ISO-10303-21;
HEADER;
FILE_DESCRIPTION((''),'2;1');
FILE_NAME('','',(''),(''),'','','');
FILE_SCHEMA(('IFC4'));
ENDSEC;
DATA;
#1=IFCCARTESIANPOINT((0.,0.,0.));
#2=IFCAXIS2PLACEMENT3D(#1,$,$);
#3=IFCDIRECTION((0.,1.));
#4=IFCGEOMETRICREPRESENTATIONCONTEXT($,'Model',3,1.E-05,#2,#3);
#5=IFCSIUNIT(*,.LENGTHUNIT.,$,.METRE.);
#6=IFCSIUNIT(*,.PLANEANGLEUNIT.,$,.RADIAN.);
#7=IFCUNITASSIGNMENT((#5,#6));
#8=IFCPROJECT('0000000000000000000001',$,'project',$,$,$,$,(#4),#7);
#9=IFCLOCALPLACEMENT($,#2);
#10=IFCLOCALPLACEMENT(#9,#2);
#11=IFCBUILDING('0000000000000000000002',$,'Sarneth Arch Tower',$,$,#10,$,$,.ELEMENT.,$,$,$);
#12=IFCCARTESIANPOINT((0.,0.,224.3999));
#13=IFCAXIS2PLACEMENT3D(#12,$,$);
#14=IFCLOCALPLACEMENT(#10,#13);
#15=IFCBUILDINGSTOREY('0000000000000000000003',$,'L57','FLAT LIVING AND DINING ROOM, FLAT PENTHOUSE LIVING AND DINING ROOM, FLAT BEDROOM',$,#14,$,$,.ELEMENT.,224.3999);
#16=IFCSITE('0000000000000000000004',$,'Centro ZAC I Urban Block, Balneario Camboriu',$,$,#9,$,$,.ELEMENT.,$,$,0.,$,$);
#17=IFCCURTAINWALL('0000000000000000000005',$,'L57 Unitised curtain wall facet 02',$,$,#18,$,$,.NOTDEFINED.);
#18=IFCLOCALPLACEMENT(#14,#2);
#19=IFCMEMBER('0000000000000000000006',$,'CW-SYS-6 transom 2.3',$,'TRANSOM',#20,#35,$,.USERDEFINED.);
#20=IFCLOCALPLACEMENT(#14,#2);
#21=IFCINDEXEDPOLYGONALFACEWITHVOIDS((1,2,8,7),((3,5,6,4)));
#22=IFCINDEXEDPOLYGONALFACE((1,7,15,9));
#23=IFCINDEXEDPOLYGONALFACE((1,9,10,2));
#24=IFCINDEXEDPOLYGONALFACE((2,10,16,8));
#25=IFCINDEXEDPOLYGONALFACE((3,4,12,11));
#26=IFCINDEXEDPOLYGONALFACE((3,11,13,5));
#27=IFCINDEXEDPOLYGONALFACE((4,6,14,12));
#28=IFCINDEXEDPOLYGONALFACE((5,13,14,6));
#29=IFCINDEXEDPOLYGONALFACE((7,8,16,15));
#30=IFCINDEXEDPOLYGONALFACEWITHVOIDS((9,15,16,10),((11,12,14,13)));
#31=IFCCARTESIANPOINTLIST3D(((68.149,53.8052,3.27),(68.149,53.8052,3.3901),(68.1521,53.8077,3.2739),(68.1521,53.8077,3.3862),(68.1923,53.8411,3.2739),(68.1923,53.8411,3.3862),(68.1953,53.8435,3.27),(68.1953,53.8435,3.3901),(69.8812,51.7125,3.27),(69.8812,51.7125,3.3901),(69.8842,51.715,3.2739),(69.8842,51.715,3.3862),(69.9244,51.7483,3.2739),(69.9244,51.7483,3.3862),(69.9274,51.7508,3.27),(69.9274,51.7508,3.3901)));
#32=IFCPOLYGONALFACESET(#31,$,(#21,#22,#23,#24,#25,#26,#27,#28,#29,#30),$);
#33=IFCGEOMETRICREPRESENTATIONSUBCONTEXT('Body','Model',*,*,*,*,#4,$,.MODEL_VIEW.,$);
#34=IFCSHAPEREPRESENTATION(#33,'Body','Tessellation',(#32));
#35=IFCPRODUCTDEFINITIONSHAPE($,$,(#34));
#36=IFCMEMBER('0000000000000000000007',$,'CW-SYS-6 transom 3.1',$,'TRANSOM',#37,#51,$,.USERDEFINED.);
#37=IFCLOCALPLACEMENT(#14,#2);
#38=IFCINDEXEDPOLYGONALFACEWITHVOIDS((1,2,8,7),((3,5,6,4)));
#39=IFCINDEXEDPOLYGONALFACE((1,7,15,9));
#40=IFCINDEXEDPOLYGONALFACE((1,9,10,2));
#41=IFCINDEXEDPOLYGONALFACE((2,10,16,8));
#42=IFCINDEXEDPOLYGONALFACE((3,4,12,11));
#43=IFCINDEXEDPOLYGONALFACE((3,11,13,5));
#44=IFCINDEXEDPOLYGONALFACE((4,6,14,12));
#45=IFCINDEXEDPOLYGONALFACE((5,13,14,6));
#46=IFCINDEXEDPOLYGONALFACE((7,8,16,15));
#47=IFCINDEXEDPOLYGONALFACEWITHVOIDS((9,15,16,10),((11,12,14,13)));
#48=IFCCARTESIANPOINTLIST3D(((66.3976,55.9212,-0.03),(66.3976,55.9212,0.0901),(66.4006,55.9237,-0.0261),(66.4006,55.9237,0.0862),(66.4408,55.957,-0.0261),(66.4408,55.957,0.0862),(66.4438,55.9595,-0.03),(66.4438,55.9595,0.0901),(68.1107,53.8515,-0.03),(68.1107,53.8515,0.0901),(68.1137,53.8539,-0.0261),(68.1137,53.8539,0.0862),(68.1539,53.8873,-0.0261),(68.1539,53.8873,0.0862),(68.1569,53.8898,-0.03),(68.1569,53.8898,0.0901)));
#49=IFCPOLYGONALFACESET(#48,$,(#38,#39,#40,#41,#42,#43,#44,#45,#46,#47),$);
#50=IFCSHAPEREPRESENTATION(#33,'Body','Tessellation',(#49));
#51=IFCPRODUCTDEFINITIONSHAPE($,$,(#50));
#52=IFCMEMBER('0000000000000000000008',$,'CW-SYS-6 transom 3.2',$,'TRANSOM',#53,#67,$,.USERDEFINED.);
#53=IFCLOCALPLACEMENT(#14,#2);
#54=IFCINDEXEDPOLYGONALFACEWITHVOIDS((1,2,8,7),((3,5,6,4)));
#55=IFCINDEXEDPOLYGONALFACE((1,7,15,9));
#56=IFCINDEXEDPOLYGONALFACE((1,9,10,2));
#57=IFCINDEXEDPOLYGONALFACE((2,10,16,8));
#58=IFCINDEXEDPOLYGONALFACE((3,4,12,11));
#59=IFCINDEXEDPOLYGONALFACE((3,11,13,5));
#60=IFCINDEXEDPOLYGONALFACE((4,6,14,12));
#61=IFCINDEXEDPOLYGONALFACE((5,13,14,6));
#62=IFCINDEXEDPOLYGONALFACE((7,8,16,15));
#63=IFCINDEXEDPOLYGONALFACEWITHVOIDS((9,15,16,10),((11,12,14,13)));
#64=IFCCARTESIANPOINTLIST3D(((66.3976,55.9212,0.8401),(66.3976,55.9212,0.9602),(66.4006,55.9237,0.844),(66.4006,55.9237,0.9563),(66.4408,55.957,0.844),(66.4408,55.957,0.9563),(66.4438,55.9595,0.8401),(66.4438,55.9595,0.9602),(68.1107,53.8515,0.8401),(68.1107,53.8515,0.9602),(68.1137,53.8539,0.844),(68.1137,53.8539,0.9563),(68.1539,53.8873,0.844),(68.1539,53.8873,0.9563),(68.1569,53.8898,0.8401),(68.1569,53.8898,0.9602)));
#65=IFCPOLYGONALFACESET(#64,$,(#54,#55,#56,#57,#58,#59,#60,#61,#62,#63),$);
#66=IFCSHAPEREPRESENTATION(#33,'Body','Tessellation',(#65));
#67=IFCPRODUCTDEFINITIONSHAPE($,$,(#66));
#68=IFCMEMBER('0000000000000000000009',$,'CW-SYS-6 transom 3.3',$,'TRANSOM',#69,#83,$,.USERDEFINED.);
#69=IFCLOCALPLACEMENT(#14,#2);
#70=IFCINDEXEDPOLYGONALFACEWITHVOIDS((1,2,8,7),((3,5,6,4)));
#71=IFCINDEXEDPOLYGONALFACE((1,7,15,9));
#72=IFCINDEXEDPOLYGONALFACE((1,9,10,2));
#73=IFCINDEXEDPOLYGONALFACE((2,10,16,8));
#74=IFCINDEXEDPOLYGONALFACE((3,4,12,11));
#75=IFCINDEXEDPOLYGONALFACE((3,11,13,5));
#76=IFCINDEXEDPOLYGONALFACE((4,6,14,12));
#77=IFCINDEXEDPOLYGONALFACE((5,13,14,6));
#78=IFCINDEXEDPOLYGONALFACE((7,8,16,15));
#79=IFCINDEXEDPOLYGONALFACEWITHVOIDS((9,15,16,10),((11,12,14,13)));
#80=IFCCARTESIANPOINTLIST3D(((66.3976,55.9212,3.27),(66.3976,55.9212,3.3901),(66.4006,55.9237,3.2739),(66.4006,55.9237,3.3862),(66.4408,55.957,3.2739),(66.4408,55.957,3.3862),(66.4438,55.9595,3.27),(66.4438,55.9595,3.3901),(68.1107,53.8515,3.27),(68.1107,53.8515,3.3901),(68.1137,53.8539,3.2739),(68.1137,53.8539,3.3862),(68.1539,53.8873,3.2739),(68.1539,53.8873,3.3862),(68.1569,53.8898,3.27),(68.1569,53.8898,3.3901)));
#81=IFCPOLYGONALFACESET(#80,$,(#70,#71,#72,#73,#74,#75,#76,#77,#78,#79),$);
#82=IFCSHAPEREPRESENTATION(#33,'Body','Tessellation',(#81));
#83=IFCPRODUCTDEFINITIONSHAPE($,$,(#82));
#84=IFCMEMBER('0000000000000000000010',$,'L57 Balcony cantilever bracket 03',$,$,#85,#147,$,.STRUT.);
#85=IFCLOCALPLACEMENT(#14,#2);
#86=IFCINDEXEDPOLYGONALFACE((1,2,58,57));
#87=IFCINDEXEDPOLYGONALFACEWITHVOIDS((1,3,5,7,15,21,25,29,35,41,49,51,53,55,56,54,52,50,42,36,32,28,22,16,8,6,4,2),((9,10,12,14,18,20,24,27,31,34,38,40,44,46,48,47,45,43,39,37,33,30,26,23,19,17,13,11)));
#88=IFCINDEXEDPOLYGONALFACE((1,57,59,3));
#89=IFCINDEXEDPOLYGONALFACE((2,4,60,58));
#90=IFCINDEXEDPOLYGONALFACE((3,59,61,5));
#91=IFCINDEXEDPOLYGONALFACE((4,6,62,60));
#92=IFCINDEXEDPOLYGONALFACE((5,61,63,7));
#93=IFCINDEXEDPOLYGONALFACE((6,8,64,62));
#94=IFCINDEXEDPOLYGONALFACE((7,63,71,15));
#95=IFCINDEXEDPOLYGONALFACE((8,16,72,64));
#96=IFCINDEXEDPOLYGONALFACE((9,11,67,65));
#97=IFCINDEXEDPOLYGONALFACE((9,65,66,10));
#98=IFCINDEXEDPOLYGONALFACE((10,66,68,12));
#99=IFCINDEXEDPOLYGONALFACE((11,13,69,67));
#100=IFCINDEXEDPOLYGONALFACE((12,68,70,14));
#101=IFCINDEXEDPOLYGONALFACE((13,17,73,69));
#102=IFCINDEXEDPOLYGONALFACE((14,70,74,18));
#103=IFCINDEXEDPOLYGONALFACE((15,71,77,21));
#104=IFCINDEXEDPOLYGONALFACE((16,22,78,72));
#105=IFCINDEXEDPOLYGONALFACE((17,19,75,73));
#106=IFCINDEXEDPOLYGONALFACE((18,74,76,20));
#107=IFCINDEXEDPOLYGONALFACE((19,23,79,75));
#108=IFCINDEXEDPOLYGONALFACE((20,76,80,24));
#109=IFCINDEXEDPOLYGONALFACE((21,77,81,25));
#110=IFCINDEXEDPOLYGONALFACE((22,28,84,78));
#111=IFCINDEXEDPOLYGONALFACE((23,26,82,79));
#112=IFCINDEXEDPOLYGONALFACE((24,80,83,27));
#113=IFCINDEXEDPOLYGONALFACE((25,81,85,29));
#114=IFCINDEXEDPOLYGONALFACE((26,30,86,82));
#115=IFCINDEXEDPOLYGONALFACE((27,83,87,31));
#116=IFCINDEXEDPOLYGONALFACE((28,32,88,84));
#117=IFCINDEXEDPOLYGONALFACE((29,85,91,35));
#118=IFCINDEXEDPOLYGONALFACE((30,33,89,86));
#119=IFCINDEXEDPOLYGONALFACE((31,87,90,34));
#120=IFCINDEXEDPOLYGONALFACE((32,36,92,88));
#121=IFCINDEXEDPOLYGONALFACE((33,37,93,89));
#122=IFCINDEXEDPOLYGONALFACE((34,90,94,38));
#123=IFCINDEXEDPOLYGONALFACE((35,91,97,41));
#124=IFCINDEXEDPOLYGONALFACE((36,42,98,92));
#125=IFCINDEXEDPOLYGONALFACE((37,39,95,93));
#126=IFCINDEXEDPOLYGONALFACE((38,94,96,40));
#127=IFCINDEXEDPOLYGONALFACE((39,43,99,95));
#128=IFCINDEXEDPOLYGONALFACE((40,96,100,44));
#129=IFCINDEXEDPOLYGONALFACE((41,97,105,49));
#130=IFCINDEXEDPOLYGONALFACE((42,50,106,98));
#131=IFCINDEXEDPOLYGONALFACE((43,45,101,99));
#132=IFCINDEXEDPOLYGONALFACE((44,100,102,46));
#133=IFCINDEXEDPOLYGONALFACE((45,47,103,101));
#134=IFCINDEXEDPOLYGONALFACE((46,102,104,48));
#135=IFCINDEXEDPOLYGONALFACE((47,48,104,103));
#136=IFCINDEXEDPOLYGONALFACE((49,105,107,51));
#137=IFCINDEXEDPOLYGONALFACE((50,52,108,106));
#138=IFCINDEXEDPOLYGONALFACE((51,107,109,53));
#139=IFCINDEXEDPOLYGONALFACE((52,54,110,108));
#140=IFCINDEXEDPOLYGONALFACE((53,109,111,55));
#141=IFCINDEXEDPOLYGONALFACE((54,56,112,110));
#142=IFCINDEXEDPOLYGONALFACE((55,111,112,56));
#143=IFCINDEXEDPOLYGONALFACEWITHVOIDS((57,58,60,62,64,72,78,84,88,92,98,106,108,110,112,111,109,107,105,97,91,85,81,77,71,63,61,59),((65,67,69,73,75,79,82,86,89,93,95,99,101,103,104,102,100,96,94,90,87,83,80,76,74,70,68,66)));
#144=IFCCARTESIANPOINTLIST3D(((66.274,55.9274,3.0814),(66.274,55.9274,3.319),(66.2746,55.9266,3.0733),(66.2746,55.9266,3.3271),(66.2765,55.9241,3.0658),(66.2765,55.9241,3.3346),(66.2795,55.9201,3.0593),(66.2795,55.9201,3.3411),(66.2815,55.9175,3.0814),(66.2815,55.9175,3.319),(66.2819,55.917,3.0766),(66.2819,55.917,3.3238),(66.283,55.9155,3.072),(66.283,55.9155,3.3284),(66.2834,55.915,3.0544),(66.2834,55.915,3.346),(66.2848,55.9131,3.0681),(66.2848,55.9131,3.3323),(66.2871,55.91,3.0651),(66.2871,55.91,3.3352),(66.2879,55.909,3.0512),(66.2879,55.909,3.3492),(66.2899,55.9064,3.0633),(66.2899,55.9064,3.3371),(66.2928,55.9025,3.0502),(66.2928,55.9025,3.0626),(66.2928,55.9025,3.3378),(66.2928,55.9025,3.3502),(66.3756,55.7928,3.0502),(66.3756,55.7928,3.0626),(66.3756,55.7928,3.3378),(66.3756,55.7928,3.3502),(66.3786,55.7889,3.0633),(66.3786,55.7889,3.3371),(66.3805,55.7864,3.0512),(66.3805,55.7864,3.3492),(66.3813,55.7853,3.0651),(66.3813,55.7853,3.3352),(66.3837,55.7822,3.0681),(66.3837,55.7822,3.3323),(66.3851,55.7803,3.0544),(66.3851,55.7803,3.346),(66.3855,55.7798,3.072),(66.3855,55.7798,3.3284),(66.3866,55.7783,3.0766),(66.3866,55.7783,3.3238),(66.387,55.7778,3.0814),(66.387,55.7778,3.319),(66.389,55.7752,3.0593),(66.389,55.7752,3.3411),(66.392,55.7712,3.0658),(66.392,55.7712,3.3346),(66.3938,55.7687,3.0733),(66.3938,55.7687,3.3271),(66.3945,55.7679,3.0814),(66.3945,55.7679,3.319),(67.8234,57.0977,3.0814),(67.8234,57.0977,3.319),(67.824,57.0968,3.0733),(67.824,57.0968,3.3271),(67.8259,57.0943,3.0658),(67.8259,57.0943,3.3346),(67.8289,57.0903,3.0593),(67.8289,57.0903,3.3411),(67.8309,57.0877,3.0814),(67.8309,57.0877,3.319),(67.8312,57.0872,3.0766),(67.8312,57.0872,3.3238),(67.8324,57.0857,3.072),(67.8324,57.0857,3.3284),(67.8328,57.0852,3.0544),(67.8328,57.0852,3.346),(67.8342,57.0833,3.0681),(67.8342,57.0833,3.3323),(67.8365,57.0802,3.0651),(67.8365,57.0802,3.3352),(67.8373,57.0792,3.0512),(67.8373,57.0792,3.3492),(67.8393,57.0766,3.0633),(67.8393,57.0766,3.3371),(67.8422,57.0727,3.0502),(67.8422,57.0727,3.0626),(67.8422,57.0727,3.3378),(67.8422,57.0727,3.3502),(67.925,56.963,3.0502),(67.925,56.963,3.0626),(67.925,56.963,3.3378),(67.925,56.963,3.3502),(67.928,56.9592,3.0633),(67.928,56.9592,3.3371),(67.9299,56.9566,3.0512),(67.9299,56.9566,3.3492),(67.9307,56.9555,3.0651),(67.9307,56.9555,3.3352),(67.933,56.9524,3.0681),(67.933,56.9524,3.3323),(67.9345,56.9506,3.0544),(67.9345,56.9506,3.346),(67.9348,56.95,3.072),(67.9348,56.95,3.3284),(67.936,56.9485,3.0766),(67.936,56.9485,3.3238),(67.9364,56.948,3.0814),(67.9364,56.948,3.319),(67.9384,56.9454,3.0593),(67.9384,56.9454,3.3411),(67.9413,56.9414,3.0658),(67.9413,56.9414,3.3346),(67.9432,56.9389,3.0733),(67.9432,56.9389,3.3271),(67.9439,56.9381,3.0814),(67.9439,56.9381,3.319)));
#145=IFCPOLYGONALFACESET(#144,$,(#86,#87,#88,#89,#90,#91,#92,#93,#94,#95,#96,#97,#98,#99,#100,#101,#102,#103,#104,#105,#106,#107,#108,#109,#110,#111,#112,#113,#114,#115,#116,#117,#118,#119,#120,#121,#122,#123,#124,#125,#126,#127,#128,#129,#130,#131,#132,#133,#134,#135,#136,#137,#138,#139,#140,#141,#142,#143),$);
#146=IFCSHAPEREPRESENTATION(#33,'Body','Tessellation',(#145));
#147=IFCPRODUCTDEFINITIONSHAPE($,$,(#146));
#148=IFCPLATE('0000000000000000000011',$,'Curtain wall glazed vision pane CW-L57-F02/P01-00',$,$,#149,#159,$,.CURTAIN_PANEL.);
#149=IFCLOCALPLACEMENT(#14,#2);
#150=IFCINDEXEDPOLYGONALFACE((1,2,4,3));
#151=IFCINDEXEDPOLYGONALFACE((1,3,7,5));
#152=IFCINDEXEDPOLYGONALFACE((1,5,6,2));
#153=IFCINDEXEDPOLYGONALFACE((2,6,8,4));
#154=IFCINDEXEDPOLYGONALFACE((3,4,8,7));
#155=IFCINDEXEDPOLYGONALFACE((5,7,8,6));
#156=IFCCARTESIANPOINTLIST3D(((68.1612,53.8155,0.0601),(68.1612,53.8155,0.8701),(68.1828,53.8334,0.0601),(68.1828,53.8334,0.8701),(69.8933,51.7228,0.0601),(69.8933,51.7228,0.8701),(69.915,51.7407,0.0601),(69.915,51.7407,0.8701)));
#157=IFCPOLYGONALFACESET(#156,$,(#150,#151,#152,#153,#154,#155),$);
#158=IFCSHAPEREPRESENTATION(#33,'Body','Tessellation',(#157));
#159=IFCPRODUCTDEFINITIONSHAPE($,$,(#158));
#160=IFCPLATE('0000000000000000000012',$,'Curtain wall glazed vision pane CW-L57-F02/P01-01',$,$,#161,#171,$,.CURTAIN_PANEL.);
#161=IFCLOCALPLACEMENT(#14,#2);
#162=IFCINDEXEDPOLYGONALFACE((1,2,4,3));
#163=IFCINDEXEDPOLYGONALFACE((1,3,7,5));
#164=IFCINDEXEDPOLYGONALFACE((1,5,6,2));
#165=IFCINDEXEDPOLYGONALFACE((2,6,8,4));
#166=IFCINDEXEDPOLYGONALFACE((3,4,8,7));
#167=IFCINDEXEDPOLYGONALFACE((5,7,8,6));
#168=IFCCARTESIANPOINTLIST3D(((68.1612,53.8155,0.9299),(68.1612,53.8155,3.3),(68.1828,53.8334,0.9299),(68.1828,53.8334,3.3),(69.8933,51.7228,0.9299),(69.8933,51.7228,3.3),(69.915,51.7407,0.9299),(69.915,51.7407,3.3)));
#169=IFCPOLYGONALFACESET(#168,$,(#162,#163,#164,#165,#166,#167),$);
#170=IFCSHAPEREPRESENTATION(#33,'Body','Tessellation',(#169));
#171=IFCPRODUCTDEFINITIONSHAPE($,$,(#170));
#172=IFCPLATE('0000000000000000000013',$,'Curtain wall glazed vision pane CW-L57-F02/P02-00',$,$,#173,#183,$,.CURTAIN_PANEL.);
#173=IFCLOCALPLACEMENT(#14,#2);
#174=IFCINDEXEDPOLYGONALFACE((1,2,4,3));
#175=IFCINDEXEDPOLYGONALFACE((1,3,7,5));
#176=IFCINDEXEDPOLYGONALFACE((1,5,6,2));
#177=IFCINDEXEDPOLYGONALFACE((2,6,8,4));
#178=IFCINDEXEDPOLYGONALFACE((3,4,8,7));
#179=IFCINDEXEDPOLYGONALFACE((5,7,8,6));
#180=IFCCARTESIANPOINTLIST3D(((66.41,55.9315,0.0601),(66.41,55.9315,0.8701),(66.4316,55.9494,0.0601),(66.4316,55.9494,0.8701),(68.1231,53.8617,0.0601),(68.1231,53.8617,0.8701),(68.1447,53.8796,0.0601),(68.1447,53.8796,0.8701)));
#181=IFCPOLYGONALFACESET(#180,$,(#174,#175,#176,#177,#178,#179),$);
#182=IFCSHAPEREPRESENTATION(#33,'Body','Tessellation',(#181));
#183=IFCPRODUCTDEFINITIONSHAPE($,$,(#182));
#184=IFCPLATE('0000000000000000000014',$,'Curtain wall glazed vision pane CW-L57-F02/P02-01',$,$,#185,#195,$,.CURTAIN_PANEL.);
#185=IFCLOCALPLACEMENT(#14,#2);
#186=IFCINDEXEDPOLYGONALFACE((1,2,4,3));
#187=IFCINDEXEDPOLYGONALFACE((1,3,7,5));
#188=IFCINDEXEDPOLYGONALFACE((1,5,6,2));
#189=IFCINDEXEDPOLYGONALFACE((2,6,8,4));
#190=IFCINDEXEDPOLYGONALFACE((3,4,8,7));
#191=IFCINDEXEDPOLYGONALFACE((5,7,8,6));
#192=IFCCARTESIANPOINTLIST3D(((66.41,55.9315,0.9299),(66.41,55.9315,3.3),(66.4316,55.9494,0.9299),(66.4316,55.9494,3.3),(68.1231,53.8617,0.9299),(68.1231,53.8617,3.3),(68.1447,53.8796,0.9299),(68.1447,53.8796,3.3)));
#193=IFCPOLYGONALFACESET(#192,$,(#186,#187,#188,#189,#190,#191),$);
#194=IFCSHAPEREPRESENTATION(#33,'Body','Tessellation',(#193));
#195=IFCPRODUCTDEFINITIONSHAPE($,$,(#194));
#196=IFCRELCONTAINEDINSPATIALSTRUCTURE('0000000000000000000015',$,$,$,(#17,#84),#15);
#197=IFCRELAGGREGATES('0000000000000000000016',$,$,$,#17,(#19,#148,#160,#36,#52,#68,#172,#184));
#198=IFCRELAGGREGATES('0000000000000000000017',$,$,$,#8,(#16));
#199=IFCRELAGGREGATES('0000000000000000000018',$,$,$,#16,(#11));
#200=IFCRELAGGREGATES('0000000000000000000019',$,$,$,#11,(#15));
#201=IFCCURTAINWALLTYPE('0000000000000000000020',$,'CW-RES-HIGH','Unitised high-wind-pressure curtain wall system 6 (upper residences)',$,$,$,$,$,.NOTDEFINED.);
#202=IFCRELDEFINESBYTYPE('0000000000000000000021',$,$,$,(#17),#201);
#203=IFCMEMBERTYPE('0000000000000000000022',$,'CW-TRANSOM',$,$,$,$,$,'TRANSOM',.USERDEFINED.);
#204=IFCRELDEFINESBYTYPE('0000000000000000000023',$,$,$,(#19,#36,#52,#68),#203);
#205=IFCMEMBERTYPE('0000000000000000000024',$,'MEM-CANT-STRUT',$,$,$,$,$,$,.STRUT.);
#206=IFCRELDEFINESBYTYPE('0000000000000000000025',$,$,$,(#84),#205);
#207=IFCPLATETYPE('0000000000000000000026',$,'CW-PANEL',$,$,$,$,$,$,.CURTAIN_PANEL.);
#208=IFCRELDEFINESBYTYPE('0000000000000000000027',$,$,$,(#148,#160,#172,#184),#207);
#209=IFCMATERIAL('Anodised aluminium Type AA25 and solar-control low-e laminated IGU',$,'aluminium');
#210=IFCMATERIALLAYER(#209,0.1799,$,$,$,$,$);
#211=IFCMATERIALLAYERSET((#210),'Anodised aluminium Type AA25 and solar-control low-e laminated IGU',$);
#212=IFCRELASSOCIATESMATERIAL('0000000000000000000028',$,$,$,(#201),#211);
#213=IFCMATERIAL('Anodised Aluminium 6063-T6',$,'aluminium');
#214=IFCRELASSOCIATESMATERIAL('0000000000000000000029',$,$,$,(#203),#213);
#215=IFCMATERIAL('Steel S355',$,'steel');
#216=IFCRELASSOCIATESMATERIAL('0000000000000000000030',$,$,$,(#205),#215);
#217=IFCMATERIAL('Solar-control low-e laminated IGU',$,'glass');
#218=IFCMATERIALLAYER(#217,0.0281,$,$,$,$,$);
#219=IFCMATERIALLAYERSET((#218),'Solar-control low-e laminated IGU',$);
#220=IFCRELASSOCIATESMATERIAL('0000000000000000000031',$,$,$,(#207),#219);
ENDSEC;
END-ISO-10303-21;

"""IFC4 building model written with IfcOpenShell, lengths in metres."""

from ifc_helpers import new_model, si_unit, direction, frame, origin, origin_2d, place, context, subcontext, project, spatial, rectangle, hollow_rectangle, extrude, material, layer, layer_set, material_profile, profile_set, type_object, element, aggregate, save


model = new_model("IFC4")

# Units and contexts
model_context = context("Model", 3, precision=1e-05, world=origin(), true_north=direction((0.0, 1.0)))
body_context = subcontext(model_context, "Body", "Model", "MODEL_VIEW")
ifc_project = project(units=[si_unit("LENGTHUNIT", "METRE"), si_unit("PLANEANGLEUNIT", "RADIAN")], contexts=[model_context])

# Site, building, storey
site_placement = place(None, origin())
site = spatial("IfcSite", under=ifc_project, at=site_placement, Name="Centro ZAC I Urban Block, Balneario Camboriu", CompositionType="ELEMENT", RefElevation=0.0)
building_placement = place(site_placement, origin())
building = spatial("IfcBuilding", under=site, at=building_placement, Name="Sarneth Arch Tower", CompositionType="ELEMENT")
storey_placement = place(building_placement, frame((0.0, 0.0, 224.3999)))
storey = spatial("IfcBuildingStorey", under=building, at=storey_placement, Name="L57", Description="FLAT LIVING AND DINING ROOM, FLAT PENTHOUSE LIVING AND DINING ROOM, FLAT BEDROOM", CompositionType="ELEMENT", Elevation=224.3999)

# Curtain wall, members
ifc_material_1 = material(Name="Anodised aluminium Type AA25 and solar-control low-e laminated IGU", Category="aluminium")
ifc_layer_1 = layer(ifc_material_1, 0.1799)
ifc_layer_set_1 = layer_set([ifc_layer_1], Name="Anodised aluminium Type AA25 and solar-control low-e laminated IGU")
curtain_wall_type = type_object("IfcCurtainWallType", Name="CW-RES-HIGH", Description="Unitised high-wind-pressure curtain wall system 6 (upper residences)", PredefinedType="NOTDEFINED", material=ifc_layer_set_1)
curtain_wall_placement = place(storey_placement, origin())
curtain_wall = element("IfcCurtainWall", 1, at=curtain_wall_placement, inside=storey, type_object=curtain_wall_type, Name="L57 Unitised curtain wall facet 02", PredefinedType="NOTDEFINED")
ifc_material_2 = material(Name="Anodised Aluminium 6063-T6", Category="aluminium")
ifc_material_profile_1 = material_profile(ifc_material_2, hollow_rectangle(XDim=0.0601, YDim=0.1201, WallThickness=0.0039, at=origin_2d()), Name="AL-TRAN-120x60x4")
ifc_profile_set_1 = profile_set([ifc_material_profile_1], Name="Anodised Aluminium 6063-T6")
member_type_1 = type_object("IfcMemberType", Name="CW-TRANSOM", ElementType="TRANSOM", PredefinedType="USERDEFINED", material=ifc_profile_set_1)
member_1_placement = place(storey_placement, frame((69.9043, 51.7317, 3.3301), z_axis=(-0.637617, 0.770353, 0.0), x_axis=(-0.770353, -0.637617, 0.0)))
member_1 = element("IfcMember", 2, at=member_1_placement, type_object=member_type_1, Name="CW-SYS-6 transom 2.3", ObjectType="TRANSOM", PredefinedType="USERDEFINED", context=body_context, shape_type="SweptSolid", body=[
    extrude(hollow_rectangle(XDim=0.0601, YDim=0.1201, WallThickness=0.0039, at=origin_2d()), origin(), (0.0, 0.0, 1.0), 2.7166),
])
member_2_placement = place(storey_placement, frame((68.1338, 53.8706, 0.03), z_axis=(-0.637607, 0.770362, 0.0), x_axis=(-0.770362, -0.637607, 0.0)))
member_2 = element("IfcMember", 3, at=member_2_placement, type_object=member_type_1, Name="CW-SYS-6 transom 3.1", ObjectType="TRANSOM", PredefinedType="USERDEFINED", context=body_context, shape_type="SweptSolid", body=[
    extrude(hollow_rectangle(XDim=0.0601, YDim=0.1201, WallThickness=0.0039, at=origin_2d()), origin(), (0.0, 0.0, 1.0), 2.6868),
])
member_3_placement = place(storey_placement, frame((68.1338, 53.8706, 0.9001), z_axis=(-0.637607, 0.770362, 0.0), x_axis=(-0.770362, -0.637607, 0.0)))
member_3 = element("IfcMember", 4, at=member_3_placement, type_object=member_type_1, Name="CW-SYS-6 transom 3.2", ObjectType="TRANSOM", PredefinedType="USERDEFINED", context=body_context, shape_type="SweptSolid", body=[
    extrude(hollow_rectangle(XDim=0.0601, YDim=0.1201, WallThickness=0.0039, at=origin_2d()), origin(), (0.0, 0.0, 1.0), 2.6868),
])
member_4_placement = place(storey_placement, frame((68.1338, 53.8706, 3.3301), z_axis=(-0.637607, 0.770362, 0.0), x_axis=(-0.770362, -0.637607, 0.0)))
member_4 = element("IfcMember", 5, at=member_4_placement, type_object=member_type_1, Name="CW-SYS-6 transom 3.3", ObjectType="TRANSOM", PredefinedType="USERDEFINED", context=body_context, shape_type="SweptSolid", body=[
    extrude(hollow_rectangle(XDim=0.0601, YDim=0.1201, WallThickness=0.0039, at=origin_2d()), origin(), (0.0, 0.0, 1.0), 2.6868),
])

# Member
ifc_material_3 = material(Name="Steel S355", Category="steel")
ifc_material_profile_2 = material_profile(ifc_material_3, hollow_rectangle(XDim=0.2, YDim=0.3, WallThickness=0.0125, InnerFilletRadius=0.0188, OuterFilletRadius=0.0312, at=origin_2d()), Name="RHS300x200x12.5")
ifc_profile_set_2 = profile_set([ifc_material_profile_2], Name="Steel S355")
member_type_2 = type_object("IfcMemberType", Name="MEM-CANT-STRUT", PredefinedType="STRUT", material=ifc_profile_set_2)
member_5_placement = place(storey_placement, frame((66.3342, 55.8477, 3.2002), z_axis=(0.797973, 0.602693, 0.0), x_axis=(-0.602693, 0.797973, 0.0)))
element("IfcMember", 6, at=member_5_placement, inside=storey, type_object=member_type_2, Name="L57 Balcony cantilever bracket 03", PredefinedType="STRUT", context=body_context, shape_type="SweptSolid", body=[
    extrude(hollow_rectangle(XDim=0.2, YDim=0.3, WallThickness=0.0125, InnerFilletRadius=0.0188, OuterFilletRadius=0.0312, at=origin_2d()), origin(), (0.0, 0.0, 1.0), 1.9417),
])

# Plates
ifc_material_4 = material(Name="Solar-control low-e laminated IGU", Category="glass")
ifc_layer_2 = layer(ifc_material_4, 0.0281)
ifc_layer_set_2 = layer_set([ifc_layer_2], Name="Solar-control low-e laminated IGU")
plate_type_1 = type_object("IfcPlateType", Name="CW-PANEL", PredefinedType="CURTAIN_PANEL", material=ifc_layer_set_2)
plate_1_placement = place(storey_placement, frame((69.0381, 52.7781, 0.0601), z_axis=(0.0, 0.0, 1.0), x_axis=(-0.63761, 0.770359, 0.0)))
plate_1 = element("IfcPlate", 7, at=plate_1_placement, type_object=plate_type_1, Name="Curtain wall glazed vision pane CW-L57-F02/P01-00", PredefinedType="CURTAIN_PANEL", context=body_context, shape_type="SweptSolid", body=[
    extrude(rectangle(XDim=2.7166, YDim=0.0281, at=origin_2d()), origin(), (0.0, 0.0, 1.0), 0.8101),
])
plate_2_placement = place(storey_placement, frame((69.0381, 52.7781, 0.9299), z_axis=(0.0, 0.0, 1.0), x_axis=(-0.63761, 0.770359, 0.0)))
plate_2 = element("IfcPlate", 8, at=plate_2_placement, type_object=plate_type_1, Name="Curtain wall glazed vision pane CW-L57-F02/P01-01", PredefinedType="CURTAIN_PANEL", context=body_context, shape_type="SweptSolid", body=[
    extrude(rectangle(XDim=2.7166, YDim=0.0281, at=origin_2d()), origin(), (0.0, 0.0, 1.0), 2.3701),
])
plate_3_placement = place(storey_placement, frame((67.2773, 54.9055, 0.0601), z_axis=(0.0, 0.0, 1.0), x_axis=(-0.63761, 0.770359, 0.0)))
plate_3 = element("IfcPlate", 9, at=plate_3_placement, type_object=plate_type_1, Name="Curtain wall glazed vision pane CW-L57-F02/P02-00", PredefinedType="CURTAIN_PANEL", context=body_context, shape_type="SweptSolid", body=[
    extrude(rectangle(XDim=2.6868, YDim=0.0281, at=origin_2d()), origin(), (0.0, 0.0, 1.0), 0.8101),
])
plate_4_placement = place(storey_placement, frame((67.2773, 54.9055, 0.9299), z_axis=(0.0, 0.0, 1.0), x_axis=(-0.63761, 0.770359, 0.0)))
plate_4 = element("IfcPlate", 10, at=plate_4_placement, type_object=plate_type_1, Name="Curtain wall glazed vision pane CW-L57-F02/P02-01", PredefinedType="CURTAIN_PANEL", context=body_context, shape_type="SweptSolid", body=[
    extrude(rectangle(XDim=2.6868, YDim=0.0281, at=origin_2d()), origin(), (0.0, 0.0, 1.0), 2.3701),
])
aggregate(curtain_wall, [member_1, plate_1, plate_2, member_2, member_3, member_4, plate_3, plate_4])

save(model, "model.ifc")
